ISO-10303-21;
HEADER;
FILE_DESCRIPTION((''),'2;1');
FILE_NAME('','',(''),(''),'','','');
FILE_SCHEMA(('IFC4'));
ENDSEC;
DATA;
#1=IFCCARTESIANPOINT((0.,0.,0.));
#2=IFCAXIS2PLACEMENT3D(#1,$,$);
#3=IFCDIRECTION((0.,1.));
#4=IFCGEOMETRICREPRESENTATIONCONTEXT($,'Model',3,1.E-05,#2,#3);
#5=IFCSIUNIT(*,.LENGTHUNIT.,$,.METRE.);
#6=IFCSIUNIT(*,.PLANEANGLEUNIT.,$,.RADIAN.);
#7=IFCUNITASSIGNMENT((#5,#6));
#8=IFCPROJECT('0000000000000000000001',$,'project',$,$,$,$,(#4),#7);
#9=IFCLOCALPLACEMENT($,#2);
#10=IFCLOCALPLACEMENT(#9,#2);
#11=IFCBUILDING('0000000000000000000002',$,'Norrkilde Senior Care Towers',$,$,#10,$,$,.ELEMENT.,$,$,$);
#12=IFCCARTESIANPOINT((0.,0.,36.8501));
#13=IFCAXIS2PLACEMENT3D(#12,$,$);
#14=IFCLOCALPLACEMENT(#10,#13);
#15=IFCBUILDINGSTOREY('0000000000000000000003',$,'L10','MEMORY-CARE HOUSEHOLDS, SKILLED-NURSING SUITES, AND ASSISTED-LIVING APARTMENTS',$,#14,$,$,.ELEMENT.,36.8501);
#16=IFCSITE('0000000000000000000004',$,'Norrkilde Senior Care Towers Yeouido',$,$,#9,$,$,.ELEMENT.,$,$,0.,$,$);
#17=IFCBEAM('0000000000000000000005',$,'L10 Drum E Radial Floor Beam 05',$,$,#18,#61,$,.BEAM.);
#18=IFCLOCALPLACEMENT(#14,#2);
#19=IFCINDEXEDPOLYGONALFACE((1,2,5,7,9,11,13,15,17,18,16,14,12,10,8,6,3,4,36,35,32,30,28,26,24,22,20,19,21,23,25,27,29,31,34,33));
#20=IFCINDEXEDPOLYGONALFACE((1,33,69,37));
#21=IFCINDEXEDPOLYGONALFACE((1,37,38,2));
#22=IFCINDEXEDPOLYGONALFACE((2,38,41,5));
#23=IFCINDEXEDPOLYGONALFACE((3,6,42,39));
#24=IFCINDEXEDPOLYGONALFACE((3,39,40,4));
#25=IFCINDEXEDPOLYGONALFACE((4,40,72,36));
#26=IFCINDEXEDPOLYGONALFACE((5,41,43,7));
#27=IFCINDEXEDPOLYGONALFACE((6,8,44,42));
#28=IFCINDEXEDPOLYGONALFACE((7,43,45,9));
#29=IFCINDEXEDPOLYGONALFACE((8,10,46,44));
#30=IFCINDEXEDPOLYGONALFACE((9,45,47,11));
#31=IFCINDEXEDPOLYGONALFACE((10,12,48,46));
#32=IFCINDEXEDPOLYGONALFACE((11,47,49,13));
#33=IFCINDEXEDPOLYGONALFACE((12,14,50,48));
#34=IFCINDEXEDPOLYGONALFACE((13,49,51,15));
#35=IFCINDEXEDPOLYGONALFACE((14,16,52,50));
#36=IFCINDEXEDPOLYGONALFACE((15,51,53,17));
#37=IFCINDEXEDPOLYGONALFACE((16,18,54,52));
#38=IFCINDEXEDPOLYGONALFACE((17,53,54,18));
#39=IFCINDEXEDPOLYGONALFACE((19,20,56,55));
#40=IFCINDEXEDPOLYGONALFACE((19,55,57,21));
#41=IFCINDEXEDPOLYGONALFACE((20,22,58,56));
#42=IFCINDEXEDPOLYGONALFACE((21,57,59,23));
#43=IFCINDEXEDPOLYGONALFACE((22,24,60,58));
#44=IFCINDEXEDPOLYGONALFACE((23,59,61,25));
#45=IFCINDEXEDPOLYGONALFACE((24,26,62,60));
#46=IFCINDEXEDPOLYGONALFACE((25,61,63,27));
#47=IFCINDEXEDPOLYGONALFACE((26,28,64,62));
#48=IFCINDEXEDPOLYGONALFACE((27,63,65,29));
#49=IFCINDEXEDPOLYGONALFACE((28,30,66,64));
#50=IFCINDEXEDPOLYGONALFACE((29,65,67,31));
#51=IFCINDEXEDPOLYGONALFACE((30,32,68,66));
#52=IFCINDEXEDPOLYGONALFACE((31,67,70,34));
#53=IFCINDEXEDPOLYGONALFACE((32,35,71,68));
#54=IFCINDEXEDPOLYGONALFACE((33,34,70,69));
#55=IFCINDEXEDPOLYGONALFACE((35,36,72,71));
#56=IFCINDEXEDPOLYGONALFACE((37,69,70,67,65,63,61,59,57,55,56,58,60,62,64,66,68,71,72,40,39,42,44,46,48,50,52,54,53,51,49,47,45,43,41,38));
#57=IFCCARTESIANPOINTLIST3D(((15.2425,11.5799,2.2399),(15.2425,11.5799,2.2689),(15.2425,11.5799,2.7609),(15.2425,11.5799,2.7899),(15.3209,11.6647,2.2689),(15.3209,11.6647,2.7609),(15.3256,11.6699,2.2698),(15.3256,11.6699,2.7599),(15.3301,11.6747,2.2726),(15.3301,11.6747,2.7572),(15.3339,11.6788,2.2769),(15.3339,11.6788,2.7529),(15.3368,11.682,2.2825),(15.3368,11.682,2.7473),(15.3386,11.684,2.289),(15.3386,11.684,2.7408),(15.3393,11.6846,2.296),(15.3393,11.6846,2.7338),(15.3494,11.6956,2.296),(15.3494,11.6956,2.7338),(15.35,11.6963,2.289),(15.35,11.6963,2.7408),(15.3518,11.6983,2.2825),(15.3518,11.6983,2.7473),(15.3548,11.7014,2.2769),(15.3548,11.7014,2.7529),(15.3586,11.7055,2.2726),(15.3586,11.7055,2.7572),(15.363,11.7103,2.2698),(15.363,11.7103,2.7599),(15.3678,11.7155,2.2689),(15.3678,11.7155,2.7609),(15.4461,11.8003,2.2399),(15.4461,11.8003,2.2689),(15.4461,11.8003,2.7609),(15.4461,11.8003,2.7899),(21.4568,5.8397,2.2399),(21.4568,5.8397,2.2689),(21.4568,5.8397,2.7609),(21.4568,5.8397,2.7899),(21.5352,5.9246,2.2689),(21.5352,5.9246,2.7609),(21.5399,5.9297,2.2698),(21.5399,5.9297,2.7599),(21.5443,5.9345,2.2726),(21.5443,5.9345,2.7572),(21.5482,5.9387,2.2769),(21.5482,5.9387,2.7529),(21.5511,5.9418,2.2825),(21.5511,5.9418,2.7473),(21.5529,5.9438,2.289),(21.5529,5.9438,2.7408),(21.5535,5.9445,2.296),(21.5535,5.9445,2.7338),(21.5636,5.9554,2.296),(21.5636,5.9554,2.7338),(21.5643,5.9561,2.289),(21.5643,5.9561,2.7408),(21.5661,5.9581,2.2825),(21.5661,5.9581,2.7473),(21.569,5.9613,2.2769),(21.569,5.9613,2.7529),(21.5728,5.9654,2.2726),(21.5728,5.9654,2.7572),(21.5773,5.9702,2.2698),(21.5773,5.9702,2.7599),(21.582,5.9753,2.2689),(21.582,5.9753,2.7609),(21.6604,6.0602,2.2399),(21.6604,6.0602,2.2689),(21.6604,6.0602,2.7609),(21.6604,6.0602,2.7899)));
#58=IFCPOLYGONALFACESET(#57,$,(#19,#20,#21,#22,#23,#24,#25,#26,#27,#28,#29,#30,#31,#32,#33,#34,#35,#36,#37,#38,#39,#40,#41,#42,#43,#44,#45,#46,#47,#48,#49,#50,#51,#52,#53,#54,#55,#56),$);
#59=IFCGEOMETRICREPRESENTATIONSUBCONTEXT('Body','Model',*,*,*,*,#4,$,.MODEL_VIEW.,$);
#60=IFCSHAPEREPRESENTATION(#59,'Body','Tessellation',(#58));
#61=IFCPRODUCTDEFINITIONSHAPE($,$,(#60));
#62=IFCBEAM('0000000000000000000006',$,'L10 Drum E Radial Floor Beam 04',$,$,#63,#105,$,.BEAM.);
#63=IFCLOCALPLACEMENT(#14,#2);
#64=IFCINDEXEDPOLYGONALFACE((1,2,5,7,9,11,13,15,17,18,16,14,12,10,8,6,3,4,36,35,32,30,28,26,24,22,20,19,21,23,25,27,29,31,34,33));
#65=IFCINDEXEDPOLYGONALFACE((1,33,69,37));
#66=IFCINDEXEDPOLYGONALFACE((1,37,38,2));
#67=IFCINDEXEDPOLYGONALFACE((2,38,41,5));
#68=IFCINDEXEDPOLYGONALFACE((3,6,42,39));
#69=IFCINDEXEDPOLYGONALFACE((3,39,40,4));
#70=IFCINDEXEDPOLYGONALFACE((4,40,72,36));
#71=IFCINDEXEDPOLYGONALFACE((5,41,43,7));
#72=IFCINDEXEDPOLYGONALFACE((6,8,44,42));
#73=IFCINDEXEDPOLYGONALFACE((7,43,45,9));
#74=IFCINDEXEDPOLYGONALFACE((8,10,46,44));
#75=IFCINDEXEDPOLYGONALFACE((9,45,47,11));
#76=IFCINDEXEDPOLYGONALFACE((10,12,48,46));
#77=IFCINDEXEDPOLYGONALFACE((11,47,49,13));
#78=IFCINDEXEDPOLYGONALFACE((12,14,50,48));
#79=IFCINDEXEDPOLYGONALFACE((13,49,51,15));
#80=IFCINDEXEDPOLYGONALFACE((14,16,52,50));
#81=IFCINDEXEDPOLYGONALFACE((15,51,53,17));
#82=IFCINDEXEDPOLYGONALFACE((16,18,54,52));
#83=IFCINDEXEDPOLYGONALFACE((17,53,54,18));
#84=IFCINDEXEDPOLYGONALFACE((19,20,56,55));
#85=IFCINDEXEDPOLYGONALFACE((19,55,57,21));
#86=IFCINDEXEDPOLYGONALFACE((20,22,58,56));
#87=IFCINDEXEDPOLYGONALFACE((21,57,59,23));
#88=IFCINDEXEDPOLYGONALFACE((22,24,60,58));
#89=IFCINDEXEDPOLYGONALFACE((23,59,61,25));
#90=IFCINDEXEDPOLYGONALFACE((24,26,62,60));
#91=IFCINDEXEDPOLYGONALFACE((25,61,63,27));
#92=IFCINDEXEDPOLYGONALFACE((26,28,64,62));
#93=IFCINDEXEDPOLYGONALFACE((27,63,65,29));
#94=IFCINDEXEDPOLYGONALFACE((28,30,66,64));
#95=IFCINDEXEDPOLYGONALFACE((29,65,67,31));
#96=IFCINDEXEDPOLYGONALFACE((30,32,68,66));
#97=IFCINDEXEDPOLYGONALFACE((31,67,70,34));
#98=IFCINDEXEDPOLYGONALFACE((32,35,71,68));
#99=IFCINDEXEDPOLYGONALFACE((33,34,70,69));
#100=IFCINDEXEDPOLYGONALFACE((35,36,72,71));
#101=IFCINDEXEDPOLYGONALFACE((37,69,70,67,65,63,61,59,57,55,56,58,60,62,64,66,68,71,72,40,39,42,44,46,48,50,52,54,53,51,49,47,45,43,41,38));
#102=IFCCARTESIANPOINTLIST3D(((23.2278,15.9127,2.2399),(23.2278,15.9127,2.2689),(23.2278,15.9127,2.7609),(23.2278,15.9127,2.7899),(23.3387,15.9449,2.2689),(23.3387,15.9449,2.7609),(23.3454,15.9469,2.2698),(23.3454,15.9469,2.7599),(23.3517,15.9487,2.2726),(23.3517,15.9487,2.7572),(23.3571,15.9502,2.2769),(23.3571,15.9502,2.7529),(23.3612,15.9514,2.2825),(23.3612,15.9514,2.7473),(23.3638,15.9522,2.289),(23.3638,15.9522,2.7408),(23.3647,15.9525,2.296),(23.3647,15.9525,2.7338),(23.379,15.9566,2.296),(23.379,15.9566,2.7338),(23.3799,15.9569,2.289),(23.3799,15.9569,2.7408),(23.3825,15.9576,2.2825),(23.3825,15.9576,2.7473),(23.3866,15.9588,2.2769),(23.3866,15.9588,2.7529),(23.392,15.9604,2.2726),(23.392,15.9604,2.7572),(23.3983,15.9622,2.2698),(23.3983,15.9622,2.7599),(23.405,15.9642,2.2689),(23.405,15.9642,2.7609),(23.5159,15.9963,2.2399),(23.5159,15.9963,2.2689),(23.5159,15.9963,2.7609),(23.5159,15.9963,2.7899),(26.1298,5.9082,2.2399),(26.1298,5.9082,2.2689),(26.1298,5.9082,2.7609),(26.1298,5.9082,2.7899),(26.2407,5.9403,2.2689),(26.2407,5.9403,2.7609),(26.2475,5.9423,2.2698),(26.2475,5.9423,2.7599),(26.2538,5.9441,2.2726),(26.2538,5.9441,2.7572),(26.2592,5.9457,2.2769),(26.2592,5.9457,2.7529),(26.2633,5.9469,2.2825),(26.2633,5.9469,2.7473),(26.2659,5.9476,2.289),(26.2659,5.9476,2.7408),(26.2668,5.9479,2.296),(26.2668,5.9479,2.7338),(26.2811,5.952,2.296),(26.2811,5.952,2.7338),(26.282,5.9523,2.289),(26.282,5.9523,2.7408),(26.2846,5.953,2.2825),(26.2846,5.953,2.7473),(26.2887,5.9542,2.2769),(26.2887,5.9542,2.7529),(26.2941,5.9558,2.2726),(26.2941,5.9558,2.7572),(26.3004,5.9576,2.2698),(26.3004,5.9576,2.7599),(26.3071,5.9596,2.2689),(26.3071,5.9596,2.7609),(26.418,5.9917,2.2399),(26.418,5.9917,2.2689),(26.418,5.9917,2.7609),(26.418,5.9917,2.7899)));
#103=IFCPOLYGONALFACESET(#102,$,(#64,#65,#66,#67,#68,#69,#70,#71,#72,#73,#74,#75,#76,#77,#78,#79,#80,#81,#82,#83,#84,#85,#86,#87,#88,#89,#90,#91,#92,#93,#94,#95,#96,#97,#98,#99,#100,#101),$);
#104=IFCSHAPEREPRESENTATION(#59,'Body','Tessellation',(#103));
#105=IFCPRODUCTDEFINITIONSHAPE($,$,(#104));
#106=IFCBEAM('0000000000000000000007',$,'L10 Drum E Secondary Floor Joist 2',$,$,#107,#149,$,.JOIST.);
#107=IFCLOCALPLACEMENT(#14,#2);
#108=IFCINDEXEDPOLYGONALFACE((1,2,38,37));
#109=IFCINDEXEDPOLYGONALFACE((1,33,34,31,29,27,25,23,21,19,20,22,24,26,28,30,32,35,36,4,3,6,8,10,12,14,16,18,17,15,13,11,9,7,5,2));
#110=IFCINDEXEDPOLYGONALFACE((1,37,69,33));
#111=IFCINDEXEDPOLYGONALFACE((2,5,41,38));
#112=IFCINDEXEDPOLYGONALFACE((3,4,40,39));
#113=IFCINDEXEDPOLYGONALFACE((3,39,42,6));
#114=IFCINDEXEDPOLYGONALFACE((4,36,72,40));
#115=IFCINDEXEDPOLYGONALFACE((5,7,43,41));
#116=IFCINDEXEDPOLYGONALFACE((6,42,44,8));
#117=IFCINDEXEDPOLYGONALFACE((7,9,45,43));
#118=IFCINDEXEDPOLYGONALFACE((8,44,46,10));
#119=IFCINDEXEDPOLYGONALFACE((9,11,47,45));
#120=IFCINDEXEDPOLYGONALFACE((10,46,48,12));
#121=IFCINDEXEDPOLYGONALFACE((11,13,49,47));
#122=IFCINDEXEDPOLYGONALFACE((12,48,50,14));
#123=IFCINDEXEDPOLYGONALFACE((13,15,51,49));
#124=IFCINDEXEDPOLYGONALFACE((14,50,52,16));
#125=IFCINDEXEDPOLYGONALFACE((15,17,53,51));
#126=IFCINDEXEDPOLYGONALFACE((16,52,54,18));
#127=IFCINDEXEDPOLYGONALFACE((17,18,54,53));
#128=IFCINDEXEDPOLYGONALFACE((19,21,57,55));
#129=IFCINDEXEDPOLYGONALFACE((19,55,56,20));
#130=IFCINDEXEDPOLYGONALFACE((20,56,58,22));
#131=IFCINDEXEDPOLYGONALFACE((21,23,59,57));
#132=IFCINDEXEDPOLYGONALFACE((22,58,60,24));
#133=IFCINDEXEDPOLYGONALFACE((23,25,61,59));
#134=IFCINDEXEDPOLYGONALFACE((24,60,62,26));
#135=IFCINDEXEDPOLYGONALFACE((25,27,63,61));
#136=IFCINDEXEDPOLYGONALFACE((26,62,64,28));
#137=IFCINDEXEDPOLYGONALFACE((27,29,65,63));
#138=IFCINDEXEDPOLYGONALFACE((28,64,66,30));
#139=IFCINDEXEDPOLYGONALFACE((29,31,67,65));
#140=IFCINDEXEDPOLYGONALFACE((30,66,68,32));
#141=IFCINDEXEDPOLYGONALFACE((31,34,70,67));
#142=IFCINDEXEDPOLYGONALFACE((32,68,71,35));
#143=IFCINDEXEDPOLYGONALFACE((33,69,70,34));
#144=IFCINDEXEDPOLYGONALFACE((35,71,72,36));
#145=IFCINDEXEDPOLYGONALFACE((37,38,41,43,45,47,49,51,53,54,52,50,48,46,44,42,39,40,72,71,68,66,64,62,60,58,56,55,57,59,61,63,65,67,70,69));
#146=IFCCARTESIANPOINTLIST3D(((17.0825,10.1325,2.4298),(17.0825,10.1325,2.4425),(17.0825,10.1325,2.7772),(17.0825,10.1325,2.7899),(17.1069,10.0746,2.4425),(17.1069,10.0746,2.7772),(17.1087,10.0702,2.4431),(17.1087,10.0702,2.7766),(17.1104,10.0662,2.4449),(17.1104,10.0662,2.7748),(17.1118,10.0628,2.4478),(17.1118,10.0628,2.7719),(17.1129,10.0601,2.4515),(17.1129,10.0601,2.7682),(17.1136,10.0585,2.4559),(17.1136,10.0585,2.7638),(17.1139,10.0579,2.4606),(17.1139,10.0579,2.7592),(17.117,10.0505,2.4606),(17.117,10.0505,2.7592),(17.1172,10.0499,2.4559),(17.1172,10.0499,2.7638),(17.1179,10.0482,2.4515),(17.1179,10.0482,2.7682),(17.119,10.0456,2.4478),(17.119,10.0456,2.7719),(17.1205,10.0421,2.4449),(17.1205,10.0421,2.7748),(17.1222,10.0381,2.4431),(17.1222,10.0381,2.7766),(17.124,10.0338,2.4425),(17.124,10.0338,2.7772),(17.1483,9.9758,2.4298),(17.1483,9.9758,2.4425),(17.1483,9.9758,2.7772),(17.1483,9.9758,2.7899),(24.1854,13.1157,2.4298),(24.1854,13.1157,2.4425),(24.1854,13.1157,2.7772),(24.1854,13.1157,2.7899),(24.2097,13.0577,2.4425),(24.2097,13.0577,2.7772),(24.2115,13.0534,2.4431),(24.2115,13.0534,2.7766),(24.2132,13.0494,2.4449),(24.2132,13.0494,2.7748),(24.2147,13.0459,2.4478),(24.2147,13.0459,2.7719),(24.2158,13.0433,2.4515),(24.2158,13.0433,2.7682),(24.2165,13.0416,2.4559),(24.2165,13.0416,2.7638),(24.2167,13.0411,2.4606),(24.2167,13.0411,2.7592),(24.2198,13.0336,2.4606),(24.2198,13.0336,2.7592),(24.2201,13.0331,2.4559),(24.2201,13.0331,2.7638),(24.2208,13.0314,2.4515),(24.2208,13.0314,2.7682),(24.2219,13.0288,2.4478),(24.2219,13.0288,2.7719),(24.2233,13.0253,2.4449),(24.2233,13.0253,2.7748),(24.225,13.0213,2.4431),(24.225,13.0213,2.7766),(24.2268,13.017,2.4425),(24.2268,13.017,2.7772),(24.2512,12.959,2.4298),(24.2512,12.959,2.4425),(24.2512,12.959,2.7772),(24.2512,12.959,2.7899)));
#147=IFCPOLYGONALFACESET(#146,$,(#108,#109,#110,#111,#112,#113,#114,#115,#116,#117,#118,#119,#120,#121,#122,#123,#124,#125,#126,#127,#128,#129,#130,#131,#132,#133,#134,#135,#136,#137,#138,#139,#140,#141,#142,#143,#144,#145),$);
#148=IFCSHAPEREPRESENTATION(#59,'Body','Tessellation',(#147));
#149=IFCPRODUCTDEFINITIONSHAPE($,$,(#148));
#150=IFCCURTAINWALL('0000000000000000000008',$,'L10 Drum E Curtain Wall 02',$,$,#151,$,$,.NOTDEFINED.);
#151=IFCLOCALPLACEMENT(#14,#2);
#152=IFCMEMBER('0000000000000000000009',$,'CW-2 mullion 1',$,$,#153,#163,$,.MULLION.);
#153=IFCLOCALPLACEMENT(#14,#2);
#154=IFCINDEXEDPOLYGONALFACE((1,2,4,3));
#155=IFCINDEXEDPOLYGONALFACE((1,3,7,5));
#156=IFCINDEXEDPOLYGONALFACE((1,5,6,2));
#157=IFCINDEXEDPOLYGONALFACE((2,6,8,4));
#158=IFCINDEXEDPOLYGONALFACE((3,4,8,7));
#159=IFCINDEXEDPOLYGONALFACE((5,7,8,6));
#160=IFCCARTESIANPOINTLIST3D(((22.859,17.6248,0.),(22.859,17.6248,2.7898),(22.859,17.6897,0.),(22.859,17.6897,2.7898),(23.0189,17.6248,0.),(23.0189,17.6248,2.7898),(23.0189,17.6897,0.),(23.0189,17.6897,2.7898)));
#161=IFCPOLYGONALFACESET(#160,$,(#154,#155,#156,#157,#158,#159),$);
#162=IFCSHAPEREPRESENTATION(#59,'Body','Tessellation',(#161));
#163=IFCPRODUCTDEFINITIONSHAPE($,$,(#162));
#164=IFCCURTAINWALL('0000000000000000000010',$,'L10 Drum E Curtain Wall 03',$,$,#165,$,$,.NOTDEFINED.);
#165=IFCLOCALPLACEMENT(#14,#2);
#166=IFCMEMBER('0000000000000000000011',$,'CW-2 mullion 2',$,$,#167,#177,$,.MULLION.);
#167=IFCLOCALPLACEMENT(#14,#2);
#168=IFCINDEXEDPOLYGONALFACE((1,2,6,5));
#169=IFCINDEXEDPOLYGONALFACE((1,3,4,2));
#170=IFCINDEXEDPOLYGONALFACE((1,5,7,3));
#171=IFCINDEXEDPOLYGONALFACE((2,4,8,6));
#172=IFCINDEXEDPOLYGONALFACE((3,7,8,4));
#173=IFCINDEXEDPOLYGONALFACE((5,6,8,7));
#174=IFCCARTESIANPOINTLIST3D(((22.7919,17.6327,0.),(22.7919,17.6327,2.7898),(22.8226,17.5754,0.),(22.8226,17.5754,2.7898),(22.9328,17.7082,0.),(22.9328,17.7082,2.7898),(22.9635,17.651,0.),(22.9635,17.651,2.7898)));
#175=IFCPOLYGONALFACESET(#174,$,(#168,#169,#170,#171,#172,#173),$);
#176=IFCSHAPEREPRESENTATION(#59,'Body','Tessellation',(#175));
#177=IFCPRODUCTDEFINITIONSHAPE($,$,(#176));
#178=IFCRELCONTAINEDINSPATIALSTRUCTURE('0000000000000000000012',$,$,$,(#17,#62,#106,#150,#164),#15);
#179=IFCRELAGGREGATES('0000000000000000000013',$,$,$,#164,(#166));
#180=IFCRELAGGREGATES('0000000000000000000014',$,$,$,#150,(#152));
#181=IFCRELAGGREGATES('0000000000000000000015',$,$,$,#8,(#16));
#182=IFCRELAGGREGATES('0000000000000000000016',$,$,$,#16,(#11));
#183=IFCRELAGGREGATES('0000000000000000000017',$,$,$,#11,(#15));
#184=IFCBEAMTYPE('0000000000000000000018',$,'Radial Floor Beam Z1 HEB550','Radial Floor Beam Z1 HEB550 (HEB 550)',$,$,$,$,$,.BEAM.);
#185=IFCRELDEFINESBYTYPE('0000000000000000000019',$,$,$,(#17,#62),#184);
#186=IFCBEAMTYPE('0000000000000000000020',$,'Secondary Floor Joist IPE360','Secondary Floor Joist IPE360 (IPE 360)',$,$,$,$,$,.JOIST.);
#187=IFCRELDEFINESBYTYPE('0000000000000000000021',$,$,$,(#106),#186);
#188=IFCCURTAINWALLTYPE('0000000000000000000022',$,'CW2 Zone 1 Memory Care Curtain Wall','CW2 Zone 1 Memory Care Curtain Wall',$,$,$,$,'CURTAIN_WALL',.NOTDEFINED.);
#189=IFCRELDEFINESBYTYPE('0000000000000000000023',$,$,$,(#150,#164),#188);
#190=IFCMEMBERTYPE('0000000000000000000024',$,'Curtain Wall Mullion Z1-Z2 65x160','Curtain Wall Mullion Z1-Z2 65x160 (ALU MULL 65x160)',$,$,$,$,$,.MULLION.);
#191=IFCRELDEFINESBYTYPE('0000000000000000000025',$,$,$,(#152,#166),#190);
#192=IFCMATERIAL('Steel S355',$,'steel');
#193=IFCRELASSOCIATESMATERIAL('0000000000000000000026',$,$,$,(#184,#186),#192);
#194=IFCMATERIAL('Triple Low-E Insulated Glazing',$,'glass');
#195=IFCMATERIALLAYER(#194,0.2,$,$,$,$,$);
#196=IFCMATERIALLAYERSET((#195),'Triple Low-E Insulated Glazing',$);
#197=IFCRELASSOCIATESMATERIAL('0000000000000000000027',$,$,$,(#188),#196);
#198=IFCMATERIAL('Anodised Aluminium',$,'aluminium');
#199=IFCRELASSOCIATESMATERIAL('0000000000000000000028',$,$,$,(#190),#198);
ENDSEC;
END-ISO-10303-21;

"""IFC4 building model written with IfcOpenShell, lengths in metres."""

from ifc_helpers import new_model, si_unit, direction, frame, origin, origin_2d, place, context, subcontext, project, spatial, rectangle, i_section, extrude, source, transform, mapped, material, layer, layer_set, material_profile, profile_set, type_object, type_shapes, element, aggregate, save


model = new_model("IFC4")

# Units and contexts
model_context = context("Model", 3, precision=1e-05, world=origin(), true_north=direction((0.0, 1.0)))
body_context = subcontext(model_context, "Body", "Model", "MODEL_VIEW")
ifc_project = project(units=[si_unit("LENGTHUNIT", "METRE"), si_unit("PLANEANGLEUNIT", "RADIAN")], contexts=[model_context])

# Site, building, storey
site_placement = place(None, origin())
site = spatial("IfcSite", under=ifc_project, at=site_placement, Name="Norrkilde Senior Care Towers Yeouido", CompositionType="ELEMENT", RefElevation=0.0)
building_placement = place(site_placement, origin())
building = spatial("IfcBuilding", under=site, at=building_placement, Name="Norrkilde Senior Care Towers", CompositionType="ELEMENT")
storey_placement = place(building_placement, frame((0.0, 0.0, 36.8501)))
storey = spatial("IfcBuildingStorey", under=building, at=storey_placement, Name="L10", Description="MEMORY-CARE HOUSEHOLDS, SKILLED-NURSING SUITES, AND ASSISTED-LIVING APARTMENTS", CompositionType="ELEMENT", Elevation=36.8501)

# Beams
ifc_material_1 = material(Name="Steel S355", Category="steel")
ifc_material_profile_1 = material_profile(ifc_material_1, i_section(OverallWidth=0.3, OverallDepth=0.55, WebThickness=0.0149, FlangeThickness=0.0291, FilletRadius=0.0271, at=origin_2d()), Name="HEB 550")
ifc_profile_set_1 = profile_set([ifc_material_profile_1], Name="Steel S355")
beam_type_1 = type_object("IfcBeamType", Name="Radial Floor Beam Z1 HEB550", Description="Radial Floor Beam Z1 HEB550 (HEB 550)", PredefinedType="BEAM", material=ifc_profile_set_1)
shared_shape_1 = source(origin(), body_context, "Body", "SweptSolid", [
    extrude(i_section(OverallWidth=0.3, OverallDepth=0.55, WebThickness=0.0149, FlangeThickness=0.0291, FilletRadius=0.0271, at=origin_2d()), origin(), (0.0, 0.0, 1.0), 8.4597),
])
beam_1_placement = place(storey_placement, frame((21.5586, 5.95, 2.5149), z_axis=(-0.734573, 0.678529, 0.0), x_axis=(-0.678529, -0.734573, 0.0)))
element("IfcBeam", 1, at=beam_1_placement, inside=storey, type_object=beam_type_1, Name="L10 Drum E Radial Floor Beam 05", PredefinedType="BEAM", context=body_context, shape_type="MappedRepresentation", body=[
    mapped(shared_shape_1, transform((0.0, 0.0, 0.0), x_axis=(1.0, 0.0, 0.0), y_axis=(0.0, 1.0, 0.0), z_axis=(0.0, 0.0, 1.0), scale=1.0)),
])
shared_shape_2 = source(origin(), body_context, "Body", "SweptSolid", [
    extrude(i_section(OverallWidth=0.3, OverallDepth=0.55, WebThickness=0.0149, FlangeThickness=0.0291, FilletRadius=0.0271, at=origin_2d()), origin(), (0.0, 0.0, 1.0), 10.417),
])
beam_2_placement = place(storey_placement, frame((26.2739, 5.95, 2.5149), z_axis=(-0.278591, 0.96041, 0.0), x_axis=(-0.96041, -0.278591, 0.0)))
element("IfcBeam", 2, at=beam_2_placement, inside=storey, type_object=beam_type_1, Name="L10 Drum E Radial Floor Beam 04", PredefinedType="BEAM", context=body_context, shape_type="MappedRepresentation", body=[
    mapped(shared_shape_2, transform((0.0, 0.0, 0.0), x_axis=(1.0, 0.0, 0.0), y_axis=(0.0, 1.0, 0.0), z_axis=(0.0, 0.0, 1.0), scale=1.0)),
])
ifc_material_profile_2 = material_profile(ifc_material_1, i_section(OverallWidth=0.1699, OverallDepth=0.3601, WebThickness=0.0081, FlangeThickness=0.0127, FilletRadius=0.0181, at=origin_2d()), Name="IPE 360")
ifc_profile_set_2 = profile_set([ifc_material_profile_2], Name="Steel S355")
beam_type_2 = type_object("IfcBeamType", Name="Secondary Floor Joist IPE360", Description="Secondary Floor Joist IPE360 (IPE 360)", PredefinedType="JOIST", material=ifc_profile_set_2)
shared_shape_3 = source(origin(), body_context, "Body", "SweptSolid", [
    extrude(i_section(OverallWidth=0.1699, OverallDepth=0.3601, WebThickness=0.0081, FlangeThickness=0.0127, FilletRadius=0.0181, at=origin_2d()), origin(), (0.0, 0.0, 1.0), 7.7039),
])
type_shapes(beam_type_2, [shared_shape_3])
beam_3_placement = place(storey_placement, frame((24.2183, 13.0374, 2.6099), z_axis=(-0.921983, -0.387231, 0.0), x_axis=(0.387231, -0.921983, 0.0)))
element("IfcBeam", 3, at=beam_3_placement, inside=storey, type_object=beam_type_2, Name="L10 Drum E Secondary Floor Joist 2", PredefinedType="JOIST", context=body_context, shape_type="MappedRepresentation", body=[
    mapped(shared_shape_3, transform((0.0, 0.0, 0.0), x_axis=(1.0, 0.0, 0.0), y_axis=(0.0, 1.0, 0.0), z_axis=(0.0, 0.0, 1.0), scale=1.0)),
])

# Curtain walls, members
ifc_material_2 = material(Name="Triple Low-E Insulated Glazing", Category="glass")
ifc_layer_1 = layer(ifc_material_2, 0.2)
ifc_layer_set_1 = layer_set([ifc_layer_1], Name="Triple Low-E Insulated Glazing")
curtain_wall_type = type_object("IfcCurtainWallType", Name="CW2 Zone 1 Memory Care Curtain Wall", Description="CW2 Zone 1 Memory Care Curtain Wall", ElementType="CURTAIN_WALL", PredefinedType="NOTDEFINED", material=ifc_layer_set_1)
curtain_wall_1_placement = place(storey_placement, origin())
curtain_wall_1 = element("IfcCurtainWall", 4, at=curtain_wall_1_placement, inside=storey, type_object=curtain_wall_type, Name="L10 Drum E Curtain Wall 02", PredefinedType="NOTDEFINED")
ifc_material_3 = material(Name="Anodised Aluminium", Category="aluminium")
ifc_material_profile_3 = material_profile(ifc_material_3, rectangle(XDim=0.0649, YDim=0.1599, at=origin_2d()), Name="ALU MULL 65x160")
ifc_profile_set_3 = profile_set([ifc_material_profile_3], Name="Anodised Aluminium")
member_type_1 = type_object("IfcMemberType", Name="Curtain Wall Mullion Z1-Z2 65x160", Description="Curtain Wall Mullion Z1-Z2 65x160 (ALU MULL 65x160)", PredefinedType="MULLION", material=ifc_profile_set_3)
shared_shape_4 = source(origin(), body_context, "Body", "SweptSolid", [
    extrude(rectangle(XDim=0.0649, YDim=0.1599, at=origin_2d()), origin(), (0.0, 0.0, 1.0), 2.7898),
])
type_shapes(member_type_1, [shared_shape_4])
member_1_placement = place(storey_placement, frame((22.939, 17.6572, 0.0), z_axis=(0.0, 0.0, 1.0), x_axis=(0.0, 1.0, 0.0)))
member_1 = element("IfcMember", 5, at=member_1_placement, type_object=member_type_1, Name="CW-2 mullion 1", PredefinedType="MULLION", context=body_context, shape_type="MappedRepresentation", body=[
    mapped(shared_shape_4, transform((0.0, 0.0, 0.0), x_axis=(1.0, 0.0, 0.0), y_axis=(0.0, 1.0, 0.0), z_axis=(0.0, 0.0, 1.0), scale=1.0)),
])
curtain_wall_2_placement = place(storey_placement, origin())
curtain_wall_2 = element("IfcCurtainWall", 6, at=curtain_wall_2_placement, inside=storey, type_object=curtain_wall_type, Name="L10 Drum E Curtain Wall 03", PredefinedType="NOTDEFINED")
member_2_placement = place(storey_placement, frame((22.8777, 17.6418, 0.0), z_axis=(0.0, 0.0, 1.0), x_axis=(-0.472608, 0.881273, 0.0)))
member_2 = element("IfcMember", 7, at=member_2_placement, type_object=member_type_1, Name="CW-2 mullion 2", PredefinedType="MULLION", context=body_context, shape_type="MappedRepresentation", body=[
    mapped(shared_shape_4, transform((0.0, 0.0, 0.0), x_axis=(1.0, 0.0, 0.0), y_axis=(0.0, 1.0, 0.0), z_axis=(0.0, 0.0, 1.0), scale=1.0)),
])
aggregate(curtain_wall_2, [member_2])

aggregate(curtain_wall_1, [member_1])

save(model, "model.ifc")
